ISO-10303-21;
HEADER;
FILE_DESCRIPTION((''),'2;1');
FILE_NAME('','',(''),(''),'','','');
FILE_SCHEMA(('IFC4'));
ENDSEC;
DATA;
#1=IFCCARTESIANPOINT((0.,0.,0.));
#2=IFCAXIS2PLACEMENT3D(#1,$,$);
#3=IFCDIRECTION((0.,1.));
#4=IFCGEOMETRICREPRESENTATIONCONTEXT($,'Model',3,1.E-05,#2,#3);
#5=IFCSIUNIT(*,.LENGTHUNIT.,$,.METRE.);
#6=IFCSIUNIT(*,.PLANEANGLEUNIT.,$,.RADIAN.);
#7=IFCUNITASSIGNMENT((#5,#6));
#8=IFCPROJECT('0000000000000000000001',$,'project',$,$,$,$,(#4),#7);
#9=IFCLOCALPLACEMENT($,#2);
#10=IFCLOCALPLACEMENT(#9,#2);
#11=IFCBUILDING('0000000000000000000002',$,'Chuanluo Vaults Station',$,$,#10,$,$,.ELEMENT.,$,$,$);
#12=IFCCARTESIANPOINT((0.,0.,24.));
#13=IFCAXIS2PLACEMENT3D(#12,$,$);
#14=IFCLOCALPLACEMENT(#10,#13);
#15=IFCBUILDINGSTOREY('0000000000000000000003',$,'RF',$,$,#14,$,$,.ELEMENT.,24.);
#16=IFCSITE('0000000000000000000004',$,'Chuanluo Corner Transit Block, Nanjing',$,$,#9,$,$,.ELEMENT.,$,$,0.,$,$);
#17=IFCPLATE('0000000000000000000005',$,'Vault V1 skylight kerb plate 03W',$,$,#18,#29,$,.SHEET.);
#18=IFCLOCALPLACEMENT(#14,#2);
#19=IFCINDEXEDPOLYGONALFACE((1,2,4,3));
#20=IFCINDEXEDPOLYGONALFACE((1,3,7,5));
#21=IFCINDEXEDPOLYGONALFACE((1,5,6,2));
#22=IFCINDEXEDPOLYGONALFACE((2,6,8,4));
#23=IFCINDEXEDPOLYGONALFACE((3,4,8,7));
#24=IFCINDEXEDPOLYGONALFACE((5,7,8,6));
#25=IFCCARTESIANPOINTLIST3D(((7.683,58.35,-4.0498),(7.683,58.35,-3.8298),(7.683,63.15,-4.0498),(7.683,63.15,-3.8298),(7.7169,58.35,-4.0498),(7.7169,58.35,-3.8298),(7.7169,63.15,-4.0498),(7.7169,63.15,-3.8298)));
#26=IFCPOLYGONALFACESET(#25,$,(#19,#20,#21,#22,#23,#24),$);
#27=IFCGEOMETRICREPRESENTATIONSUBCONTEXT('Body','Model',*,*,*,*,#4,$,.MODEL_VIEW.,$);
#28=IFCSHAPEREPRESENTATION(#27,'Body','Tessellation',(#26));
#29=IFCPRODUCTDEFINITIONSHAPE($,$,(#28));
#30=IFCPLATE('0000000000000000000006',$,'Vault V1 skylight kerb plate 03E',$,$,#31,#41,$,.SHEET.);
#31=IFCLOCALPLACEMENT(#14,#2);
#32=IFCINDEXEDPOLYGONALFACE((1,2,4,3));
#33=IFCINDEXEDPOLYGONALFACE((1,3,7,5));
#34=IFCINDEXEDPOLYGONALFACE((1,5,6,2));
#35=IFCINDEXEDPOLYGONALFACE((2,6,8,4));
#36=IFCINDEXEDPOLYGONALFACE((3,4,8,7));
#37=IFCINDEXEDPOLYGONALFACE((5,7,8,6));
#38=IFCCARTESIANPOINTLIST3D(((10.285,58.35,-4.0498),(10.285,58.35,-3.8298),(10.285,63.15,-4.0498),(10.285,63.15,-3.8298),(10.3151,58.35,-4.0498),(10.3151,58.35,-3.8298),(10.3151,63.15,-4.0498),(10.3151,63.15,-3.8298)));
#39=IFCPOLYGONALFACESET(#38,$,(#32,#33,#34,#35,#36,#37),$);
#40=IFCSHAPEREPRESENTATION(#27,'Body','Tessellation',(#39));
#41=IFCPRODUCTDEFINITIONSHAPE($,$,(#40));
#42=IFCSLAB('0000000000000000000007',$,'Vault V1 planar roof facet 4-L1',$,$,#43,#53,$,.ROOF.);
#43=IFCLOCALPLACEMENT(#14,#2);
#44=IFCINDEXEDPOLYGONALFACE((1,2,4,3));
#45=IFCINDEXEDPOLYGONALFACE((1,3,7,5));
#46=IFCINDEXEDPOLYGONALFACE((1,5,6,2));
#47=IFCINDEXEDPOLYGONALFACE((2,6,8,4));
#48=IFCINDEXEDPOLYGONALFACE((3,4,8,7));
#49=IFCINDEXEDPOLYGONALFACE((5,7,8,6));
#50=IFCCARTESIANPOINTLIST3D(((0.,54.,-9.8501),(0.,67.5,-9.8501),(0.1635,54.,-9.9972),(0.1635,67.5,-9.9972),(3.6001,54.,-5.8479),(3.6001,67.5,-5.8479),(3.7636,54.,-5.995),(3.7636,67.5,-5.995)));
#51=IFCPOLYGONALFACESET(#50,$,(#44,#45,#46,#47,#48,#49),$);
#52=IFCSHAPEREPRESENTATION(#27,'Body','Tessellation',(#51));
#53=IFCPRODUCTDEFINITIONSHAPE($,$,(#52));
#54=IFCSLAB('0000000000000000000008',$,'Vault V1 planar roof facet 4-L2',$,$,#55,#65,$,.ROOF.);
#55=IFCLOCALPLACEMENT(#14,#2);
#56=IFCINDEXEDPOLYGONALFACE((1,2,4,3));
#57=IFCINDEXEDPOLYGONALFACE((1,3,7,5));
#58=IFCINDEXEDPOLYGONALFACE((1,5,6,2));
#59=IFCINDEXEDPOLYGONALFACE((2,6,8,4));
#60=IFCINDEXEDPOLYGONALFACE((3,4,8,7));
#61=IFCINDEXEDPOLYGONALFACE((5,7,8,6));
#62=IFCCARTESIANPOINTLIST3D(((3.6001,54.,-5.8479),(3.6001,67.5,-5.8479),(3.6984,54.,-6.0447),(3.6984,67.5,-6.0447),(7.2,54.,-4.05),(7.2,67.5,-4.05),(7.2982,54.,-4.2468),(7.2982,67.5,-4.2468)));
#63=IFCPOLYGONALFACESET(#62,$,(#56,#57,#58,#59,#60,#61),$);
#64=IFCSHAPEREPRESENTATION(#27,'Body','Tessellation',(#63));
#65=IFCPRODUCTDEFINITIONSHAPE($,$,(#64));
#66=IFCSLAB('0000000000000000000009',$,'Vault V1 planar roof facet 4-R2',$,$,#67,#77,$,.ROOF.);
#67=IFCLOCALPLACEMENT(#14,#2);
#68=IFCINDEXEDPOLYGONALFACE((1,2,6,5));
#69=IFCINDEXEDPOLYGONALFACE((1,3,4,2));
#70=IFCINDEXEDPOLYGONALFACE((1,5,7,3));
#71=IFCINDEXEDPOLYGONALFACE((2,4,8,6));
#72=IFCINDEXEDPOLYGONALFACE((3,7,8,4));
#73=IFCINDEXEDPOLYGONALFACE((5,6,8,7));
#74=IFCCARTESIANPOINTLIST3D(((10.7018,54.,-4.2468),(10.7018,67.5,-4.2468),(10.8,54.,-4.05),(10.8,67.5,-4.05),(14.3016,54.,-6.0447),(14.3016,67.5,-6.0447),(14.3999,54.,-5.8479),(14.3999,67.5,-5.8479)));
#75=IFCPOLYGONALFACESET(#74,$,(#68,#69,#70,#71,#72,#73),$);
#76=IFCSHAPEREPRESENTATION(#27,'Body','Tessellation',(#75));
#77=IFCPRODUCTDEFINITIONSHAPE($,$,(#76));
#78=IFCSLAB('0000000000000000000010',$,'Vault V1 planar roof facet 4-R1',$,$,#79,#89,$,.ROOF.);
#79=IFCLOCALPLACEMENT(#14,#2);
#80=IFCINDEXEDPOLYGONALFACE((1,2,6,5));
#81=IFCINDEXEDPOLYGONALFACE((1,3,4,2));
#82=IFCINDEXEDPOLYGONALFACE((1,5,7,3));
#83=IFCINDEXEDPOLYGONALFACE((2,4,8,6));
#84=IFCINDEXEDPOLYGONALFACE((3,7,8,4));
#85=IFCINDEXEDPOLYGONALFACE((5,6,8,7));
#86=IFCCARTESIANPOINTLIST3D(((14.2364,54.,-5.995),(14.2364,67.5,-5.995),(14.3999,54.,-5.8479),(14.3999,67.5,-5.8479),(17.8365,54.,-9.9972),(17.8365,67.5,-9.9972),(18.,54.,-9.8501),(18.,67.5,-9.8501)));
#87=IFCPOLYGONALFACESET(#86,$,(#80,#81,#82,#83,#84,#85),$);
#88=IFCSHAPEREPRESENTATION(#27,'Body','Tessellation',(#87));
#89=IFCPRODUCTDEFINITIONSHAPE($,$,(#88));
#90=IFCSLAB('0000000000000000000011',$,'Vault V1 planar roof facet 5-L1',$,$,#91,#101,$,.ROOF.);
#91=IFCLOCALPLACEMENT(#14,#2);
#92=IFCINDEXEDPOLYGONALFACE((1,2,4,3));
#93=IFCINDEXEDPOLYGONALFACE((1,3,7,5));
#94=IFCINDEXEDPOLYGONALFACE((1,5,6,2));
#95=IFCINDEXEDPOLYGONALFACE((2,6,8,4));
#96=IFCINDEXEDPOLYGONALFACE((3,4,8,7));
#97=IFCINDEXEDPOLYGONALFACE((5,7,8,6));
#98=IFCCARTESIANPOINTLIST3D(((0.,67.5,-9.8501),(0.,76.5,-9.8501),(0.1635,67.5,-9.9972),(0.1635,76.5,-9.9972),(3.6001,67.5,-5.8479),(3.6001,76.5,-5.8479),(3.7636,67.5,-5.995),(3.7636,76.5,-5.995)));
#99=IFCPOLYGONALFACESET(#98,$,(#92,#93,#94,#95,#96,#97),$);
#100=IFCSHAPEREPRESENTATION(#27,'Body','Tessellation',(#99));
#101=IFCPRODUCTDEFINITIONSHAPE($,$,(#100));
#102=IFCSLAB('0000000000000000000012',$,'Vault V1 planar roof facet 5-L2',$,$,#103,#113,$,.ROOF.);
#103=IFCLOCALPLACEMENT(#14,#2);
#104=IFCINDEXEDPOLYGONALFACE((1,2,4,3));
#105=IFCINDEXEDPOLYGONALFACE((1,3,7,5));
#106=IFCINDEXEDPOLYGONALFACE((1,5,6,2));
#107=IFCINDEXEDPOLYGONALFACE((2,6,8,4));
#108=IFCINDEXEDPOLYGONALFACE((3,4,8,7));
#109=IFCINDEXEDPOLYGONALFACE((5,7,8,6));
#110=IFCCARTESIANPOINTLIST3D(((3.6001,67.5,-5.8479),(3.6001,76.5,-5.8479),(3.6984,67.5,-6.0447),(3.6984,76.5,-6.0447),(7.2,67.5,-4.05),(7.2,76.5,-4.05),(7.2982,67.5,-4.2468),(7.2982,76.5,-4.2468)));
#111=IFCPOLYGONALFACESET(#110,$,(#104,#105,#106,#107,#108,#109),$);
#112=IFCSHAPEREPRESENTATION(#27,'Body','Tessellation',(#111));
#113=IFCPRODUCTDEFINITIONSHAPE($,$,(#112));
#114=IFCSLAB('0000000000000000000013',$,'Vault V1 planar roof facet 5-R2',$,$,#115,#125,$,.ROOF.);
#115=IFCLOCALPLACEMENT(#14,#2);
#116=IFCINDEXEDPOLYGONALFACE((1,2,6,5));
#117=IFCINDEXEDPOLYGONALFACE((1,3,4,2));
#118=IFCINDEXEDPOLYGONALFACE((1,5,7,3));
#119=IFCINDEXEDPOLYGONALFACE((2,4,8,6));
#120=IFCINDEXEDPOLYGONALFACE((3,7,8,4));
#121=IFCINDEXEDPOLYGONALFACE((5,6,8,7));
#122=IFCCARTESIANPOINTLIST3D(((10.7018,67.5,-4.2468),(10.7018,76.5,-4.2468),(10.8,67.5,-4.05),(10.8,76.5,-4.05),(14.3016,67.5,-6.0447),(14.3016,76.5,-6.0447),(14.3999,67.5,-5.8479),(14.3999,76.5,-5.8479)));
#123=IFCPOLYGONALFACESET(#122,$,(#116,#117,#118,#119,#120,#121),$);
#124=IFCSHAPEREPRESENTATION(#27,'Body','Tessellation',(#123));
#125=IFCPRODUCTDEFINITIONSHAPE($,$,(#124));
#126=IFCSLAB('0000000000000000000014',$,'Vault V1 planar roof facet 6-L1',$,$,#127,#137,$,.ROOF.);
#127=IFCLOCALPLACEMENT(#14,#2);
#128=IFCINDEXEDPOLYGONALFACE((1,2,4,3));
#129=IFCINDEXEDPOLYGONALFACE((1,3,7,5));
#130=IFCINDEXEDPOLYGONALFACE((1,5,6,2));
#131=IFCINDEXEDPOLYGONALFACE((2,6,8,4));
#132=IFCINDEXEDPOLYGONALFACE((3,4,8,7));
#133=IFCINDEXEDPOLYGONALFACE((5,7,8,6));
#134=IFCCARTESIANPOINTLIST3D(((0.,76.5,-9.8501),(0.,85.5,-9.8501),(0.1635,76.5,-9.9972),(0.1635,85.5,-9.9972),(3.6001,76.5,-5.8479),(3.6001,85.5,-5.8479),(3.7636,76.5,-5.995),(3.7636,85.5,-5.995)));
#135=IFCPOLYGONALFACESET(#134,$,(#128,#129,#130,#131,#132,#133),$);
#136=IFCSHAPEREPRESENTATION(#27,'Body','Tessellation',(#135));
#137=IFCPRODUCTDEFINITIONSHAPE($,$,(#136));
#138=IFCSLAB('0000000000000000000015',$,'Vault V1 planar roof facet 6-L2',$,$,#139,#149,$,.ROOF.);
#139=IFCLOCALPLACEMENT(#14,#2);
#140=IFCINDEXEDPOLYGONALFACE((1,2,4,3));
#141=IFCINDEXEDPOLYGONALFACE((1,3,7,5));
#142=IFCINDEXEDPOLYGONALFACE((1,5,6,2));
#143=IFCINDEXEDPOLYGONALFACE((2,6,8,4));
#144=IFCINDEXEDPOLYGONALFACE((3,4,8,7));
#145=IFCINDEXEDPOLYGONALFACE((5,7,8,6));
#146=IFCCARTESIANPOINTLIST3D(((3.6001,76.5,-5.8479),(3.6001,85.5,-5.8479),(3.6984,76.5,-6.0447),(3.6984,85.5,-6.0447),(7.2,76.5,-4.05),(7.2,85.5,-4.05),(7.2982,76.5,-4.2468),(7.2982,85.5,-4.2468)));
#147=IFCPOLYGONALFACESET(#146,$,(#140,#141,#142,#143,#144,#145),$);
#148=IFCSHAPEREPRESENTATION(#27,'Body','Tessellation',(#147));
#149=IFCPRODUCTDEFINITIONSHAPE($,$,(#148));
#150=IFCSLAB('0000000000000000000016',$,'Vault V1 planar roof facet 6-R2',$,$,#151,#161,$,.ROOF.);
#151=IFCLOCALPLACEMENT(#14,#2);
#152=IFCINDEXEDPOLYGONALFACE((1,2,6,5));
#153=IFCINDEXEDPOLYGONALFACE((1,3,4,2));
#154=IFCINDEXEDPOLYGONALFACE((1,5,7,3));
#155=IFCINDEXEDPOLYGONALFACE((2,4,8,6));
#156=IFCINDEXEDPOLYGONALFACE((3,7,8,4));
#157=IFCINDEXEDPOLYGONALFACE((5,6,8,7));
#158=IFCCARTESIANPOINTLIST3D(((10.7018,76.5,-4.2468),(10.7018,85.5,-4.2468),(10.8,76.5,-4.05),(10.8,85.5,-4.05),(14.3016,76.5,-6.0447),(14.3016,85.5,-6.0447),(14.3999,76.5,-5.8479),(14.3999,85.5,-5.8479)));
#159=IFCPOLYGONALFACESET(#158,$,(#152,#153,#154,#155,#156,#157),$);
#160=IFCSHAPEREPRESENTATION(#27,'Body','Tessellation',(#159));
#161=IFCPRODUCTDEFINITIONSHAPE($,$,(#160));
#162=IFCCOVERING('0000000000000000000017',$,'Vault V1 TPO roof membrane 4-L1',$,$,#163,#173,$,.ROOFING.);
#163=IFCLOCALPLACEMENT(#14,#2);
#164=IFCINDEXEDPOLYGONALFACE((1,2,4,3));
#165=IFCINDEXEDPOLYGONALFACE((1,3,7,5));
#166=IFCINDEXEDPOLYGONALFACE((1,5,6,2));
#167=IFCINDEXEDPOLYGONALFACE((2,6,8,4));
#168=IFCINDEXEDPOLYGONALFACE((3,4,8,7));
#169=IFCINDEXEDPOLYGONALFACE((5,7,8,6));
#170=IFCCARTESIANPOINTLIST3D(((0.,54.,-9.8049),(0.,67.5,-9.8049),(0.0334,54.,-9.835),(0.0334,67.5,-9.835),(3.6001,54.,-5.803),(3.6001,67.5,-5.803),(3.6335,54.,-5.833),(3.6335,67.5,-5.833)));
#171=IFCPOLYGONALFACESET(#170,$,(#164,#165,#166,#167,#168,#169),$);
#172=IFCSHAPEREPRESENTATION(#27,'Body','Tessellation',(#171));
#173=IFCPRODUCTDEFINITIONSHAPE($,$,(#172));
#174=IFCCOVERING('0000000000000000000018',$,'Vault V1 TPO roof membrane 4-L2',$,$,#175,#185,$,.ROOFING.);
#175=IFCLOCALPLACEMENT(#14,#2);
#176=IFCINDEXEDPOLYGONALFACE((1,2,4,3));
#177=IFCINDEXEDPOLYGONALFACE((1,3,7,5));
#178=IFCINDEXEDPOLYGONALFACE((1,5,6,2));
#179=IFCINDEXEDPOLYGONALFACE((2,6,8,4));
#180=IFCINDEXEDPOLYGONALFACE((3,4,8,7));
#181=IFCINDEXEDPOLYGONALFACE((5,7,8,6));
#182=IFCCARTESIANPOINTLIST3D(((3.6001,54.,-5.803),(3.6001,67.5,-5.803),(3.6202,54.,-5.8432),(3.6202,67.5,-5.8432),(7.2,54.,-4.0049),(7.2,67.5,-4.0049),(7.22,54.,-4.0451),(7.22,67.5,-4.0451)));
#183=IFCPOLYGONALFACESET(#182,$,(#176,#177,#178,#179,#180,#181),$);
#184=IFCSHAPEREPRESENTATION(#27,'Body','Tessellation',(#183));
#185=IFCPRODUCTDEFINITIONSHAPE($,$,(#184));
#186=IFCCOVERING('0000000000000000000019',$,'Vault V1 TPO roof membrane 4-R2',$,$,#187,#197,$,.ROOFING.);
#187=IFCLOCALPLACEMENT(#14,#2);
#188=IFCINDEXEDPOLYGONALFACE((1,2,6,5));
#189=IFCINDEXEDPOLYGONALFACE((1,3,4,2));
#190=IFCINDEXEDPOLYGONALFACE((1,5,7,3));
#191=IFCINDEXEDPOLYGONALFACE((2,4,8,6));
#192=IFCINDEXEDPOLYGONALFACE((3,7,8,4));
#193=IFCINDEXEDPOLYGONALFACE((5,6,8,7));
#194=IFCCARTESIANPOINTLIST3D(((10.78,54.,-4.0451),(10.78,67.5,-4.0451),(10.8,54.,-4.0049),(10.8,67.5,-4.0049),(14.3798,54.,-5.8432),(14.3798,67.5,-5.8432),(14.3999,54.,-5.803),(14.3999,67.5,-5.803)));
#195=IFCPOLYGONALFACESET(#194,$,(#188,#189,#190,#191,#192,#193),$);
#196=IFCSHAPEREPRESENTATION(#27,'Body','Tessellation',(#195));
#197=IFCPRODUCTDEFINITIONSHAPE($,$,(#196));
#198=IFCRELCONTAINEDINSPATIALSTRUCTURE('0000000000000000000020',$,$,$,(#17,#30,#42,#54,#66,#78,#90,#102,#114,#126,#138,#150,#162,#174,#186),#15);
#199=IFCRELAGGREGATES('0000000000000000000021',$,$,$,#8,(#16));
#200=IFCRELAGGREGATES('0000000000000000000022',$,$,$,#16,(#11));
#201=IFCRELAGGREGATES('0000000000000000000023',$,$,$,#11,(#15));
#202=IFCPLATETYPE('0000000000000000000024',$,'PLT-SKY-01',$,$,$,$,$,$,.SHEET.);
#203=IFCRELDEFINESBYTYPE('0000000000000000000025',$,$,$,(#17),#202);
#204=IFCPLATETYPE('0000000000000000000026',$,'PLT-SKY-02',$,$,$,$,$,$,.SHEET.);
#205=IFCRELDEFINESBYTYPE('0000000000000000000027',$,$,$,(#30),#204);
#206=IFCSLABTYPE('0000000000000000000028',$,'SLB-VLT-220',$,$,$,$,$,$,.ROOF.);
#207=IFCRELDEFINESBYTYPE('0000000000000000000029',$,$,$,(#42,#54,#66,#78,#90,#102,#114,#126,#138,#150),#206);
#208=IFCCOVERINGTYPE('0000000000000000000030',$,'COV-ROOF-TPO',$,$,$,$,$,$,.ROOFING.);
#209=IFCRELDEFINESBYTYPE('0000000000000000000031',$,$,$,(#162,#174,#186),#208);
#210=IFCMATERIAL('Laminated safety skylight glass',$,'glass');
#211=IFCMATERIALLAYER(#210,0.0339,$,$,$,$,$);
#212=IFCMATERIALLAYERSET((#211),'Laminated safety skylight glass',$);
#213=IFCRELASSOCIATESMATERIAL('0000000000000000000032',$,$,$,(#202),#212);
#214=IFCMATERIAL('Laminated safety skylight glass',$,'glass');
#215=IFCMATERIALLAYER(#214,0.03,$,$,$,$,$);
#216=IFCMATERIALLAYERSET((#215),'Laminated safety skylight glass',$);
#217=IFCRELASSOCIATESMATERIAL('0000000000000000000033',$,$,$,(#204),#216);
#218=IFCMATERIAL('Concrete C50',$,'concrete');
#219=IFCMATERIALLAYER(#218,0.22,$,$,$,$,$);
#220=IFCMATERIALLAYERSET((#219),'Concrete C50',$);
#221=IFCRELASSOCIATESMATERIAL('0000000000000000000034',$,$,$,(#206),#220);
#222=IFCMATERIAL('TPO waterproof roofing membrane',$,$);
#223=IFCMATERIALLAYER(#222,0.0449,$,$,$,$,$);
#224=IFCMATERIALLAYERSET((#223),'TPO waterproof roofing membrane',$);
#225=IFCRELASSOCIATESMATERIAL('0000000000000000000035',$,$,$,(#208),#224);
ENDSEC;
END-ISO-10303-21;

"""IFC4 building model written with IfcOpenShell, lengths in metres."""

from ifc_helpers import new_model, si_unit, direction, frame, origin, origin_2d, place, context, subcontext, project, spatial, polyline, rectangle, outline, extrude, material, layer, layer_set, type_object, element, save


model = new_model("IFC4")

# Units and contexts
model_context = context("Model", 3, precision=1e-05, world=origin(), true_north=direction((0.0, 1.0)))
body_context = subcontext(model_context, "Body", "Model", "MODEL_VIEW")
ifc_project = project(units=[si_unit("LENGTHUNIT", "METRE"), si_unit("PLANEANGLEUNIT", "RADIAN")], contexts=[model_context])

# Site, building, storey
site_placement = place(None, origin())
site = spatial("IfcSite", under=ifc_project, at=site_placement, Name="Chuanluo Corner Transit Block, Nanjing", CompositionType="ELEMENT", RefElevation=0.0)
building_placement = place(site_placement, origin())
building = spatial("IfcBuilding", under=site, at=building_placement, Name="Chuanluo Vaults Station", CompositionType="ELEMENT")
storey_placement = place(building_placement, frame((0.0, 0.0, 24.0)))
storey = spatial("IfcBuildingStorey", under=building, at=storey_placement, Name="RF", CompositionType="ELEMENT", Elevation=24.0)

# Plates
ifc_material_1 = material(Name="Laminated safety skylight glass", Category="glass")
ifc_layer_1 = layer(ifc_material_1, 0.0339)
ifc_layer_set_1 = layer_set([ifc_layer_1], Name="Laminated safety skylight glass")
plate_type_1 = type_object("IfcPlateType", Name="PLT-SKY-01", PredefinedType="SHEET", material=ifc_layer_set_1)
plate_1_placement = place(storey_placement, frame((7.7, 60.75, -4.0498), z_axis=(0.0, 0.0, 1.0), x_axis=(1.0, 0.0, 0.0)))
element("IfcPlate", 1, at=plate_1_placement, inside=storey, type_object=plate_type_1, Name="Vault V1 skylight kerb plate 03W", PredefinedType="SHEET", context=body_context, shape_type="SweptSolid", body=[
    extrude(rectangle(XDim=0.0339, YDim=4.8, at=origin_2d()), origin(), (0.0, 0.0, 1.0), 0.22),
])
ifc_material_2 = material(Name="Laminated safety skylight glass", Category="glass")
ifc_layer_2 = layer(ifc_material_2, 0.03)
ifc_layer_set_2 = layer_set([ifc_layer_2], Name="Laminated safety skylight glass")
plate_type_2 = type_object("IfcPlateType", Name="PLT-SKY-02", PredefinedType="SHEET", material=ifc_layer_set_2)
plate_2_placement = place(storey_placement, frame((10.3, 60.75, -4.0498), z_axis=(0.0, 0.0, 1.0), x_axis=(1.0, 0.0, 0.0)))
element("IfcPlate", 2, at=plate_2_placement, inside=storey, type_object=plate_type_2, Name="Vault V1 skylight kerb plate 03E", PredefinedType="SHEET", context=body_context, shape_type="SweptSolid", body=[
    extrude(rectangle(XDim=0.03, YDim=4.8, at=origin_2d()), origin(), (0.0, 0.0, 1.0), 0.22),
])

# Slabs
ifc_material_3 = material(Name="Concrete C50", Category="concrete")
ifc_layer_3 = layer(ifc_material_3, 0.22)
ifc_layer_set_3 = layer_set([ifc_layer_3], Name="Concrete C50")
slab_type = type_object("IfcSlabType", Name="SLB-VLT-220", PredefinedType="ROOF", material=ifc_layer_set_3)
slab_1_placement = place(storey_placement, frame((0.0, 54.0, -9.8501), z_axis=(-0.743468, 0.0, 0.668772), x_axis=(0.668772, 0.0, 0.743468)))
element("IfcSlab", 3, at=slab_1_placement, inside=storey, type_object=slab_type, Name="Vault V1 planar roof facet 4-L1", PredefinedType="ROOF", context=body_context, shape_type="SweptSolid", body=[
    extrude(outline(polyline([(0.0, 0.0), (5.3831, 0.0), (5.3831, 13.5), (0.0, 13.5), (0.0, 0.0)])), origin(), (0.0, 0.0, -1.0), 0.22),
])
for number, where, z_axis, x_axis, name in (
    (4, (3.6001, 54.0, -5.8479), (-0.446801, 0.0, 0.894633), (0.894633, 0.0, 0.446801), "Vault V1 planar roof facet 4-L2"),
    (5, (10.8, 54.0, -4.05), (0.446801, 0.0, 0.894633), (0.894633, 0.0, -0.446801), "Vault V1 planar roof facet 4-R2"),
):
    element("IfcSlab", number, at=place(storey_placement, frame(where, z_axis=z_axis, x_axis=x_axis)), inside=storey, type_object=slab_type, Name=name, PredefinedType="ROOF", context=body_context, shape_type="SweptSolid", body=[
        extrude(outline(polyline([(0.0, 0.0), (4.0238, 0.0), (4.0238, 13.5), (0.0, 13.5), (0.0, 0.0)])), origin(), (0.0, 0.0, -1.0), 0.22),
    ])
slab_2_placement = place(storey_placement, frame((14.3999, 54.0, -5.8479), z_axis=(0.743468, 0.0, 0.668772), x_axis=(0.668772, 0.0, -0.743468)))
element("IfcSlab", 6, at=slab_2_placement, inside=storey, type_object=slab_type, Name="Vault V1 planar roof facet 4-R1", PredefinedType="ROOF", context=body_context, shape_type="SweptSolid", body=[
    extrude(outline(polyline([(0.0, 0.0), (5.3831, 0.0), (5.3831, 13.5), (0.0, 13.5), (0.0, 0.0)])), origin(), (0.0, 0.0, -1.0), 0.22),
])
slab_3_placement = place(storey_placement, frame((0.0, 67.5, -9.8501), z_axis=(-0.743468, 0.0, 0.668772), x_axis=(0.668772, 0.0, 0.743468)))
element("IfcSlab", 7, at=slab_3_placement, inside=storey, type_object=slab_type, Name="Vault V1 planar roof facet 5-L1", PredefinedType="ROOF", context=body_context, shape_type="SweptSolid", body=[
    extrude(outline(polyline([(0.0, 0.0), (5.3831, 0.0), (5.3831, 9.0), (0.0, 9.0), (0.0, 0.0)])), origin(), (0.0, 0.0, -1.0), 0.22),
])
for number, where, z_axis, x_axis, name in (
    (8, (3.6001, 67.5, -5.8479), (-0.446801, 0.0, 0.894633), (0.894633, 0.0, 0.446801), "Vault V1 planar roof facet 5-L2"),
    (9, (10.8, 67.5, -4.05), (0.446801, 0.0, 0.894633), (0.894633, 0.0, -0.446801), "Vault V1 planar roof facet 5-R2"),
):
    element("IfcSlab", number, at=place(storey_placement, frame(where, z_axis=z_axis, x_axis=x_axis)), inside=storey, type_object=slab_type, Name=name, PredefinedType="ROOF", context=body_context, shape_type="SweptSolid", body=[
        extrude(outline(polyline([(0.0, 0.0), (4.0238, 0.0), (4.0238, 9.0), (0.0, 9.0), (0.0, 0.0)])), origin(), (0.0, 0.0, -1.0), 0.22),
    ])
slab_4_placement = place(storey_placement, frame((0.0, 76.5, -9.8501), z_axis=(-0.743468, 0.0, 0.668772), x_axis=(0.668772, 0.0, 0.743468)))
element("IfcSlab", 10, at=slab_4_placement, inside=storey, type_object=slab_type, Name="Vault V1 planar roof facet 6-L1", PredefinedType="ROOF", context=body_context, shape_type="SweptSolid", body=[
    extrude(outline(polyline([(0.0, 0.0), (5.3831, 0.0), (5.3831, 9.0), (0.0, 9.0), (0.0, 0.0)])), origin(), (0.0, 0.0, -1.0), 0.22),
])
for number, where, z_axis, x_axis, name in (
    (11, (3.6001, 76.5, -5.8479), (-0.446801, 0.0, 0.894633), (0.894633, 0.0, 0.446801), "Vault V1 planar roof facet 6-L2"),
    (12, (10.8, 76.5, -4.05), (0.446801, 0.0, 0.894633), (0.894633, 0.0, -0.446801), "Vault V1 planar roof facet 6-R2"),
):
    element("IfcSlab", number, at=place(storey_placement, frame(where, z_axis=z_axis, x_axis=x_axis)), inside=storey, type_object=slab_type, Name=name, PredefinedType="ROOF", context=body_context, shape_type="SweptSolid", body=[
        extrude(outline(polyline([(0.0, 0.0), (4.0238, 0.0), (4.0238, 9.0), (0.0, 9.0), (0.0, 0.0)])), origin(), (0.0, 0.0, -1.0), 0.22),
    ])

# Coverings
ifc_material_4 = material(Name="TPO waterproof roofing membrane")
ifc_layer_4 = layer(ifc_material_4, 0.0449)
ifc_layer_set_4 = layer_set([ifc_layer_4], Name="TPO waterproof roofing membrane")
covering_type = type_object("IfcCoveringType", Name="COV-ROOF-TPO", PredefinedType="ROOFING", material=ifc_layer_set_4)
covering_1_placement = place(storey_placement, frame((0.0, 54.0, -9.8049), z_axis=(-0.743447, 0.0, 0.668794), x_axis=(0.668794, 0.0, 0.743447)))
element("IfcCovering", 13, at=covering_1_placement, inside=storey, type_object=covering_type, Name="Vault V1 TPO roof membrane 4-L1", PredefinedType="ROOFING", context=body_context, shape_type="SweptSolid", body=[
    extrude(outline(polyline([(0.0, 0.0), (5.383, 0.0), (5.383, 13.5), (0.0, 13.5), (0.0, 0.0)])), origin(), (0.0, 0.0, -1.0), 0.0449),
])
for number, where, z_axis, x_axis, name in (
    (14, (3.6001, 54.0, -5.803), (-0.44685, 0.0, 0.894609), (0.894609, 0.0, 0.44685), "Vault V1 TPO roof membrane 4-L2"),
    (15, (10.8, 54.0, -4.0049), (0.44685, 0.0, 0.894609), (0.894609, 0.0, -0.44685), "Vault V1 TPO roof membrane 4-R2"),
):
    element("IfcCovering", number, at=place(storey_placement, frame(where, z_axis=z_axis, x_axis=x_axis)), inside=storey, type_object=covering_type, Name=name, PredefinedType="ROOFING", context=body_context, shape_type="SweptSolid", body=[
        extrude(outline(polyline([(0.0, 0.0), (4.0239, 0.0), (4.0239, 13.5), (0.0, 13.5), (0.0, 0.0)])), origin(), (0.0, 0.0, -1.0), 0.0449),
    ])

save(model, "model.ifc")
